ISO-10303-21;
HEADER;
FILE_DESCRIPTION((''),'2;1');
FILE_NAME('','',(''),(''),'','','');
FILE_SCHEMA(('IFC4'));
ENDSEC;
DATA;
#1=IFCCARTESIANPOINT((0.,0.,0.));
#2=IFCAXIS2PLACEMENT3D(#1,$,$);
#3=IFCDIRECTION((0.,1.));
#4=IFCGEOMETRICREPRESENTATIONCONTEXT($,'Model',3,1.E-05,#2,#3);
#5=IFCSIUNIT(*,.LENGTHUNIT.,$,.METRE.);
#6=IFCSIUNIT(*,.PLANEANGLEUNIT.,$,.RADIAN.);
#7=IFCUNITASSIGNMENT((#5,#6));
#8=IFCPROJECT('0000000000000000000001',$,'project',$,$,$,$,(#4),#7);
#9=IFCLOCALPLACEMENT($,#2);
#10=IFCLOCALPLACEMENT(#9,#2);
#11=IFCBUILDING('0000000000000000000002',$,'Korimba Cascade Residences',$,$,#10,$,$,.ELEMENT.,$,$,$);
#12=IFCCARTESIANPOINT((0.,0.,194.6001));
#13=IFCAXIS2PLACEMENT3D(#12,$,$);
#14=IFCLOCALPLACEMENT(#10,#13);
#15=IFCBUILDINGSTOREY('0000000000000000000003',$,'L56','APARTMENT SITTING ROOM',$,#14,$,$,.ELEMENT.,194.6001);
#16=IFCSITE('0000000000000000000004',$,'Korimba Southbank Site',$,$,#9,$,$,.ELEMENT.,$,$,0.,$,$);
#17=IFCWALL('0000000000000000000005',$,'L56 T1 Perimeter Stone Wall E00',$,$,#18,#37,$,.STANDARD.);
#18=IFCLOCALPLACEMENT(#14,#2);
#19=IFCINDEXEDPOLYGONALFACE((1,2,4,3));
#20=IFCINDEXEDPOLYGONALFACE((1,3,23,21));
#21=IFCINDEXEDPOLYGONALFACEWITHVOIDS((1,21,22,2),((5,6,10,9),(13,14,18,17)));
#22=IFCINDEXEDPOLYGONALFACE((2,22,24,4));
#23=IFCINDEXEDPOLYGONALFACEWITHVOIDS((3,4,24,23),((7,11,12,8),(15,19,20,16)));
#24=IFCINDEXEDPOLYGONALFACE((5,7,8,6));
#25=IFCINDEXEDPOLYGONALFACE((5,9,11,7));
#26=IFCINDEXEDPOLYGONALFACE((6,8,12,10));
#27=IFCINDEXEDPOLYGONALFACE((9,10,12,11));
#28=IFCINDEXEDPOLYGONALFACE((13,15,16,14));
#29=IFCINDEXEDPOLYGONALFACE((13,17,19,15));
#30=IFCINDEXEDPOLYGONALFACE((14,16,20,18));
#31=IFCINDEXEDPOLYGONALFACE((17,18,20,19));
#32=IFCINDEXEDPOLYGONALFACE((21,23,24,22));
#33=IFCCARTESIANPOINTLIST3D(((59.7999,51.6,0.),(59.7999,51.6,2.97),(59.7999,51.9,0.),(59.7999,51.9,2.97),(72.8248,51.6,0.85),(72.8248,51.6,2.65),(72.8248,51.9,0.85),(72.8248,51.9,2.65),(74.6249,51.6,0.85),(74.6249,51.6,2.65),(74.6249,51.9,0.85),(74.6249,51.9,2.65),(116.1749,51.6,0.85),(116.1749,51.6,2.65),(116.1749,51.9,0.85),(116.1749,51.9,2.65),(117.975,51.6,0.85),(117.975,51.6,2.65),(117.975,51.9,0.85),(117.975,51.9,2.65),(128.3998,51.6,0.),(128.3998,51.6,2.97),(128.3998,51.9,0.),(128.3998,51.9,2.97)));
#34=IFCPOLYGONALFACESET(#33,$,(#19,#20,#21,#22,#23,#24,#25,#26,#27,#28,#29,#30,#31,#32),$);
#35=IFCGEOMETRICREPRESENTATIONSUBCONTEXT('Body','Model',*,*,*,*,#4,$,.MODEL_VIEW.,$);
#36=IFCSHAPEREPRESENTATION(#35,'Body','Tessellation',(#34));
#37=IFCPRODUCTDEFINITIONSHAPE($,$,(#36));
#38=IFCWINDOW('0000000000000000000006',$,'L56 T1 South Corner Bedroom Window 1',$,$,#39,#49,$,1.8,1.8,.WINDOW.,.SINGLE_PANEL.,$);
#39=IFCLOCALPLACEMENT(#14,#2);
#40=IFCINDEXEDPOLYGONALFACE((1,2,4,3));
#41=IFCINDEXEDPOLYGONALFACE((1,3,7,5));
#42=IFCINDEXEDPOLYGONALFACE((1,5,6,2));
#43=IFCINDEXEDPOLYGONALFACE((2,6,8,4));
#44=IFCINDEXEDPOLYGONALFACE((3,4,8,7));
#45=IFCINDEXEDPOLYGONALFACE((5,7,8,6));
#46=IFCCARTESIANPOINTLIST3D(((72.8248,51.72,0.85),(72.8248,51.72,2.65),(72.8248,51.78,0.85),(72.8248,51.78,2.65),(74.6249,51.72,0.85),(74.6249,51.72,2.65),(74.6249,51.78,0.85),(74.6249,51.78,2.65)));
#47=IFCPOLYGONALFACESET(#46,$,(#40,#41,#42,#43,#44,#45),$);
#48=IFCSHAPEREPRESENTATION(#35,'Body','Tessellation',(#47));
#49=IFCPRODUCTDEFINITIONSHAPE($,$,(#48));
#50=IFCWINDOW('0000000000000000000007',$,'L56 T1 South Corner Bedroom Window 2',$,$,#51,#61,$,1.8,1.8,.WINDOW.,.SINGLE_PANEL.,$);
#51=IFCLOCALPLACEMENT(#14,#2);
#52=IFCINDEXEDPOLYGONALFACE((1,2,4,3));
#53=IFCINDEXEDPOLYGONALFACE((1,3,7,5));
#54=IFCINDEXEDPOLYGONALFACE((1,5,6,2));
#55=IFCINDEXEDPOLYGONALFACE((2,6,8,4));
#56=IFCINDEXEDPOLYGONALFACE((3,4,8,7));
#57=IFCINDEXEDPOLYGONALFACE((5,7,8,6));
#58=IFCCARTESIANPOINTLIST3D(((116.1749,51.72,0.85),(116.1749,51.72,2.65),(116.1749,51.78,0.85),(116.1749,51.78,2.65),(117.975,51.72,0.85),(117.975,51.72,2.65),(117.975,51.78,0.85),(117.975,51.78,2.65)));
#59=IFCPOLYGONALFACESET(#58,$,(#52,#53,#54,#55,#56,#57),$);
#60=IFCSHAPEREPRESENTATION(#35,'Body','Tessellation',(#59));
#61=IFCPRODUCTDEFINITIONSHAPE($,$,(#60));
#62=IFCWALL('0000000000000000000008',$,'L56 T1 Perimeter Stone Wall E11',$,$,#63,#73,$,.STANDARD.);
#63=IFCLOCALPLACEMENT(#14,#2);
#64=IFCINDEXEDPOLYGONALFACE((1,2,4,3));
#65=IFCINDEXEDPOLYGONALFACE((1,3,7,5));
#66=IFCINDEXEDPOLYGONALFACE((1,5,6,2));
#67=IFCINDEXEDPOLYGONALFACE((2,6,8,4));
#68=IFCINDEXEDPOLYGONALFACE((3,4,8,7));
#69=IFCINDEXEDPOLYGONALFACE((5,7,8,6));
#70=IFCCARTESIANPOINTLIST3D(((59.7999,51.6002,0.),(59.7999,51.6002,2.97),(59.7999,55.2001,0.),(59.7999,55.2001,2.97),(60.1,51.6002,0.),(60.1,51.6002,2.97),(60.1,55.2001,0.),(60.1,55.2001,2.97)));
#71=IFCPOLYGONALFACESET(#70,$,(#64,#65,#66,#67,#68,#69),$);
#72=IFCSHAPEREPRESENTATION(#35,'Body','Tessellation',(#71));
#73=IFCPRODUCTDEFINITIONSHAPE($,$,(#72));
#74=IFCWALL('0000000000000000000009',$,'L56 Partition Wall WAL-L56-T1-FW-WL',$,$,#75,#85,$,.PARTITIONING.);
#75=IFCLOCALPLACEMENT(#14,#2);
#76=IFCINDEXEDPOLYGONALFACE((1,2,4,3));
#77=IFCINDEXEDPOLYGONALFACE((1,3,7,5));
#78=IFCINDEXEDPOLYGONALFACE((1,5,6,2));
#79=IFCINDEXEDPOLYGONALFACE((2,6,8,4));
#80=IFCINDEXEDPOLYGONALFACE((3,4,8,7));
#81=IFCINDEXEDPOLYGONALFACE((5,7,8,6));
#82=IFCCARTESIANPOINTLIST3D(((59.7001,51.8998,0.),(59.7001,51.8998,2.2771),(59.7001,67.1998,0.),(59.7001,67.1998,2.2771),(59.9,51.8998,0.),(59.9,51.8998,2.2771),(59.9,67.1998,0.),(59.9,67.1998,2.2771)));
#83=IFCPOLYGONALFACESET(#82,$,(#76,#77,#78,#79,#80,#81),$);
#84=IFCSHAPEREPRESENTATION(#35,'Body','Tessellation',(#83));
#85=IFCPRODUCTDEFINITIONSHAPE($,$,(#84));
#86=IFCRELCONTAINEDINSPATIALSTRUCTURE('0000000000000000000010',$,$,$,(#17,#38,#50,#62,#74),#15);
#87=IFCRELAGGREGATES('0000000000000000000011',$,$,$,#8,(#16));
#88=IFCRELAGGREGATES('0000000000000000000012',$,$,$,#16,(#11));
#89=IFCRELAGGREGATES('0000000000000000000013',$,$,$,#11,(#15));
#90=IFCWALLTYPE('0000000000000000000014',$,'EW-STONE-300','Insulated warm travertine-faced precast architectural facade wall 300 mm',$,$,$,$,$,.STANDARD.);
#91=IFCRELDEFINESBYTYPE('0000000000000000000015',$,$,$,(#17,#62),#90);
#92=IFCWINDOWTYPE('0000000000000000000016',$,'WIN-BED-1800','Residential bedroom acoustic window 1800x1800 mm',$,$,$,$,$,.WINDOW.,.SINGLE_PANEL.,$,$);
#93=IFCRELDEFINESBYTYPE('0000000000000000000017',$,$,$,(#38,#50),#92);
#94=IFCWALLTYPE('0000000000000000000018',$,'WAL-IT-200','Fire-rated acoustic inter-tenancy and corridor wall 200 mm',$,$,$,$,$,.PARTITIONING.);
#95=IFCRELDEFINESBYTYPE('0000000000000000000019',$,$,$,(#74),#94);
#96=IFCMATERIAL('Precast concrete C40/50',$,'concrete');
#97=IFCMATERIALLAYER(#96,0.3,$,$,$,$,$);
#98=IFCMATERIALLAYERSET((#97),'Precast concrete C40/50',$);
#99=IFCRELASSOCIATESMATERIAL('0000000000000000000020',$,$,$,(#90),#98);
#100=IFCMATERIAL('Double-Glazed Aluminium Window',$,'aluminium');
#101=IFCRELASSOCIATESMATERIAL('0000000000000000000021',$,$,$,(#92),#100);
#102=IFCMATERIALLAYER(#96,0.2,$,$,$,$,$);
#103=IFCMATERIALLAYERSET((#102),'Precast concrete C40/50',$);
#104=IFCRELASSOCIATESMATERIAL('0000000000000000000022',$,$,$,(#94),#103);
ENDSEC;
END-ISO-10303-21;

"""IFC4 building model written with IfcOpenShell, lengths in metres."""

from ifc_helpers import new_model, si_unit, direction, frame, frame_2d, origin, place, context, subcontext, project, spatial, rectangle, extrude, material, layer, layer_set, type_object, element, fill, save


model = new_model("IFC4")

# Units and contexts
model_context = context("Model", 3, precision=1e-05, world=origin(), true_north=direction((0.0, 1.0)))
body_context = subcontext(model_context, "Body", "Model", "MODEL_VIEW")
ifc_project = project(units=[si_unit("LENGTHUNIT", "METRE"), si_unit("PLANEANGLEUNIT", "RADIAN")], contexts=[model_context])

# Site, building, storey
site_placement = place(None, origin())
site = spatial("IfcSite", under=ifc_project, at=site_placement, Name="Korimba Southbank Site", CompositionType="ELEMENT", RefElevation=0.0)
building_placement = place(site_placement, origin())
building = spatial("IfcBuilding", under=site, at=building_placement, Name="Korimba Cascade Residences", CompositionType="ELEMENT")
storey_placement = place(building_placement, frame((0.0, 0.0, 194.6001)))
storey = spatial("IfcBuildingStorey", under=building, at=storey_placement, Name="L56", Description="APARTMENT SITTING ROOM", CompositionType="ELEMENT", Elevation=194.6001)

# Shared definitions
ifc_material_1 = material(Name="Precast concrete C40/50", Category="concrete")

# Wall, openings, windows
ifc_layer_1 = layer(ifc_material_1, 0.3)
ifc_layer_set_1 = layer_set([ifc_layer_1], Name="Precast concrete C40/50")
wall_type_1 = type_object("IfcWallType", Name="EW-STONE-300", Description="Insulated warm travertine-faced precast architectural facade wall 300 mm", PredefinedType="STANDARD", material=ifc_layer_set_1)
wall_1_placement = place(storey_placement, frame((59.8, 51.75, 0.0), z_axis=(0.0, 0.0, 1.0), x_axis=(1.0, 0.0, 0.0)))
wall_1 = element("IfcWall", 1, at=wall_1_placement, inside=storey, type_object=wall_type_1, Name="L56 T1 Perimeter Stone Wall E00", PredefinedType="STANDARD", context=body_context, shape_type="SweptSolid", body=[
    extrude(rectangle(XDim=68.5999, YDim=0.3, at=frame_2d((34.2998, 0.0))), origin(), (0.0, 0.0, 1.0), 2.97),
])
opening_1_placement = place(wall_1_placement, frame((13.0249, 0.0, 0.8501)))
opening_1 = element("IfcOpeningElement", 2, at=opening_1_placement, cuts=wall_1, PredefinedType="OPENING", context=body_context, shape_type="SweptSolid", body=[
    extrude(rectangle(XDim=1.8, YDim=1.8, at=frame_2d((0.8999, 0.8999))), frame((0.0, 0.1602, 0.0), z_axis=(0.0, -1.0, 0.0), x_axis=(1.0, 0.0, 0.0)), (0.0, 0.0, 1.0), 0.3201),
])
opening_2_placement = place(wall_1_placement, frame((56.375, 0.0, 0.8501)))
opening_2 = element("IfcOpeningElement", 3, at=opening_2_placement, cuts=wall_1, PredefinedType="OPENING", context=body_context, shape_type="SweptSolid", body=[
    extrude(rectangle(XDim=1.8, YDim=1.8, at=frame_2d((0.8999, 0.8999))), frame((0.0, 0.1602, 0.0), z_axis=(0.0, -1.0, 0.0), x_axis=(1.0, 0.0, 0.0)), (0.0, 0.0, 1.0), 0.3201),
])
ifc_material_2 = material(Name="Double-Glazed Aluminium Window", Category="aluminium")
window_type = type_object("IfcWindowType", Name="WIN-BED-1800", Description="Residential bedroom acoustic window 1800x1800 mm", PartitioningType="SINGLE_PANEL", PredefinedType="WINDOW", material=ifc_material_2)
window_1_placement = place(opening_1_placement, origin())
window_1 = element("IfcWindow", 4, at=window_1_placement, inside=storey, type_object=window_type, Name="L56 T1 South Corner Bedroom Window 1", OverallHeight=1.8, OverallWidth=1.8, PartitioningType="SINGLE_PANEL", PredefinedType="WINDOW", context=body_context, shape_type="SweptSolid", body=[
    extrude(rectangle(XDim=1.8, YDim=1.8, at=frame_2d((0.8999, 0.8999))), frame((0.0, 0.03, 0.0), z_axis=(0.0, -1.0, 0.0), x_axis=(1.0, 0.0, 0.0)), (0.0, 0.0, 1.0), 0.0601),
])
fill(opening_1, window_1)
window_2_placement = place(opening_2_placement, origin())
window_2 = element("IfcWindow", 5, at=window_2_placement, inside=storey, type_object=window_type, Name="L56 T1 South Corner Bedroom Window 2", OverallHeight=1.8, OverallWidth=1.8, PartitioningType="SINGLE_PANEL", PredefinedType="WINDOW", context=body_context, shape_type="SweptSolid", body=[
    extrude(rectangle(XDim=1.8, YDim=1.8, at=frame_2d((0.8999, 0.8999))), frame((0.0, 0.03, 0.0), z_axis=(0.0, -1.0, 0.0), x_axis=(1.0, 0.0, 0.0)), (0.0, 0.0, 1.0), 0.0601),
])
fill(opening_2, window_2)

# Walls
wall_2_placement = place(storey_placement, frame((59.95, 55.2, 0.0), z_axis=(0.0, 0.0, 1.0), x_axis=(0.0, -1.0, 0.0)))
element("IfcWall", 6, at=wall_2_placement, inside=storey, type_object=wall_type_1, Name="L56 T1 Perimeter Stone Wall E11", PredefinedType="STANDARD", context=body_context, shape_type="SweptSolid", body=[
    extrude(rectangle(XDim=3.5999, YDim=0.3, at=frame_2d((1.7998, 0.0))), origin(), (0.0, 0.0, 1.0), 2.97),
])
ifc_layer_2 = layer(ifc_material_1, 0.2)
ifc_layer_set_2 = layer_set([ifc_layer_2], Name="Precast concrete C40/50")
wall_type_2 = type_object("IfcWallType", Name="WAL-IT-200", Description="Fire-rated acoustic inter-tenancy and corridor wall 200 mm", PredefinedType="PARTITIONING", material=ifc_layer_set_2)
wall_3_placement = place(storey_placement, frame((59.8, 51.8999, 0.0), z_axis=(0.0, 0.0, 1.0), x_axis=(0.0, 1.0, 0.0)))
element("IfcWall", 7, at=wall_3_placement, inside=storey, type_object=wall_type_2, Name="L56 Partition Wall WAL-L56-T1-FW-WL", PredefinedType="PARTITIONING", context=body_context, shape_type="SweptSolid", body=[
    extrude(rectangle(XDim=15.3, YDim=0.2, at=frame_2d((7.6499, 0.0))), origin(), (0.0, 0.0, 1.0), 2.2771),
])

save(model, "model.ifc")
